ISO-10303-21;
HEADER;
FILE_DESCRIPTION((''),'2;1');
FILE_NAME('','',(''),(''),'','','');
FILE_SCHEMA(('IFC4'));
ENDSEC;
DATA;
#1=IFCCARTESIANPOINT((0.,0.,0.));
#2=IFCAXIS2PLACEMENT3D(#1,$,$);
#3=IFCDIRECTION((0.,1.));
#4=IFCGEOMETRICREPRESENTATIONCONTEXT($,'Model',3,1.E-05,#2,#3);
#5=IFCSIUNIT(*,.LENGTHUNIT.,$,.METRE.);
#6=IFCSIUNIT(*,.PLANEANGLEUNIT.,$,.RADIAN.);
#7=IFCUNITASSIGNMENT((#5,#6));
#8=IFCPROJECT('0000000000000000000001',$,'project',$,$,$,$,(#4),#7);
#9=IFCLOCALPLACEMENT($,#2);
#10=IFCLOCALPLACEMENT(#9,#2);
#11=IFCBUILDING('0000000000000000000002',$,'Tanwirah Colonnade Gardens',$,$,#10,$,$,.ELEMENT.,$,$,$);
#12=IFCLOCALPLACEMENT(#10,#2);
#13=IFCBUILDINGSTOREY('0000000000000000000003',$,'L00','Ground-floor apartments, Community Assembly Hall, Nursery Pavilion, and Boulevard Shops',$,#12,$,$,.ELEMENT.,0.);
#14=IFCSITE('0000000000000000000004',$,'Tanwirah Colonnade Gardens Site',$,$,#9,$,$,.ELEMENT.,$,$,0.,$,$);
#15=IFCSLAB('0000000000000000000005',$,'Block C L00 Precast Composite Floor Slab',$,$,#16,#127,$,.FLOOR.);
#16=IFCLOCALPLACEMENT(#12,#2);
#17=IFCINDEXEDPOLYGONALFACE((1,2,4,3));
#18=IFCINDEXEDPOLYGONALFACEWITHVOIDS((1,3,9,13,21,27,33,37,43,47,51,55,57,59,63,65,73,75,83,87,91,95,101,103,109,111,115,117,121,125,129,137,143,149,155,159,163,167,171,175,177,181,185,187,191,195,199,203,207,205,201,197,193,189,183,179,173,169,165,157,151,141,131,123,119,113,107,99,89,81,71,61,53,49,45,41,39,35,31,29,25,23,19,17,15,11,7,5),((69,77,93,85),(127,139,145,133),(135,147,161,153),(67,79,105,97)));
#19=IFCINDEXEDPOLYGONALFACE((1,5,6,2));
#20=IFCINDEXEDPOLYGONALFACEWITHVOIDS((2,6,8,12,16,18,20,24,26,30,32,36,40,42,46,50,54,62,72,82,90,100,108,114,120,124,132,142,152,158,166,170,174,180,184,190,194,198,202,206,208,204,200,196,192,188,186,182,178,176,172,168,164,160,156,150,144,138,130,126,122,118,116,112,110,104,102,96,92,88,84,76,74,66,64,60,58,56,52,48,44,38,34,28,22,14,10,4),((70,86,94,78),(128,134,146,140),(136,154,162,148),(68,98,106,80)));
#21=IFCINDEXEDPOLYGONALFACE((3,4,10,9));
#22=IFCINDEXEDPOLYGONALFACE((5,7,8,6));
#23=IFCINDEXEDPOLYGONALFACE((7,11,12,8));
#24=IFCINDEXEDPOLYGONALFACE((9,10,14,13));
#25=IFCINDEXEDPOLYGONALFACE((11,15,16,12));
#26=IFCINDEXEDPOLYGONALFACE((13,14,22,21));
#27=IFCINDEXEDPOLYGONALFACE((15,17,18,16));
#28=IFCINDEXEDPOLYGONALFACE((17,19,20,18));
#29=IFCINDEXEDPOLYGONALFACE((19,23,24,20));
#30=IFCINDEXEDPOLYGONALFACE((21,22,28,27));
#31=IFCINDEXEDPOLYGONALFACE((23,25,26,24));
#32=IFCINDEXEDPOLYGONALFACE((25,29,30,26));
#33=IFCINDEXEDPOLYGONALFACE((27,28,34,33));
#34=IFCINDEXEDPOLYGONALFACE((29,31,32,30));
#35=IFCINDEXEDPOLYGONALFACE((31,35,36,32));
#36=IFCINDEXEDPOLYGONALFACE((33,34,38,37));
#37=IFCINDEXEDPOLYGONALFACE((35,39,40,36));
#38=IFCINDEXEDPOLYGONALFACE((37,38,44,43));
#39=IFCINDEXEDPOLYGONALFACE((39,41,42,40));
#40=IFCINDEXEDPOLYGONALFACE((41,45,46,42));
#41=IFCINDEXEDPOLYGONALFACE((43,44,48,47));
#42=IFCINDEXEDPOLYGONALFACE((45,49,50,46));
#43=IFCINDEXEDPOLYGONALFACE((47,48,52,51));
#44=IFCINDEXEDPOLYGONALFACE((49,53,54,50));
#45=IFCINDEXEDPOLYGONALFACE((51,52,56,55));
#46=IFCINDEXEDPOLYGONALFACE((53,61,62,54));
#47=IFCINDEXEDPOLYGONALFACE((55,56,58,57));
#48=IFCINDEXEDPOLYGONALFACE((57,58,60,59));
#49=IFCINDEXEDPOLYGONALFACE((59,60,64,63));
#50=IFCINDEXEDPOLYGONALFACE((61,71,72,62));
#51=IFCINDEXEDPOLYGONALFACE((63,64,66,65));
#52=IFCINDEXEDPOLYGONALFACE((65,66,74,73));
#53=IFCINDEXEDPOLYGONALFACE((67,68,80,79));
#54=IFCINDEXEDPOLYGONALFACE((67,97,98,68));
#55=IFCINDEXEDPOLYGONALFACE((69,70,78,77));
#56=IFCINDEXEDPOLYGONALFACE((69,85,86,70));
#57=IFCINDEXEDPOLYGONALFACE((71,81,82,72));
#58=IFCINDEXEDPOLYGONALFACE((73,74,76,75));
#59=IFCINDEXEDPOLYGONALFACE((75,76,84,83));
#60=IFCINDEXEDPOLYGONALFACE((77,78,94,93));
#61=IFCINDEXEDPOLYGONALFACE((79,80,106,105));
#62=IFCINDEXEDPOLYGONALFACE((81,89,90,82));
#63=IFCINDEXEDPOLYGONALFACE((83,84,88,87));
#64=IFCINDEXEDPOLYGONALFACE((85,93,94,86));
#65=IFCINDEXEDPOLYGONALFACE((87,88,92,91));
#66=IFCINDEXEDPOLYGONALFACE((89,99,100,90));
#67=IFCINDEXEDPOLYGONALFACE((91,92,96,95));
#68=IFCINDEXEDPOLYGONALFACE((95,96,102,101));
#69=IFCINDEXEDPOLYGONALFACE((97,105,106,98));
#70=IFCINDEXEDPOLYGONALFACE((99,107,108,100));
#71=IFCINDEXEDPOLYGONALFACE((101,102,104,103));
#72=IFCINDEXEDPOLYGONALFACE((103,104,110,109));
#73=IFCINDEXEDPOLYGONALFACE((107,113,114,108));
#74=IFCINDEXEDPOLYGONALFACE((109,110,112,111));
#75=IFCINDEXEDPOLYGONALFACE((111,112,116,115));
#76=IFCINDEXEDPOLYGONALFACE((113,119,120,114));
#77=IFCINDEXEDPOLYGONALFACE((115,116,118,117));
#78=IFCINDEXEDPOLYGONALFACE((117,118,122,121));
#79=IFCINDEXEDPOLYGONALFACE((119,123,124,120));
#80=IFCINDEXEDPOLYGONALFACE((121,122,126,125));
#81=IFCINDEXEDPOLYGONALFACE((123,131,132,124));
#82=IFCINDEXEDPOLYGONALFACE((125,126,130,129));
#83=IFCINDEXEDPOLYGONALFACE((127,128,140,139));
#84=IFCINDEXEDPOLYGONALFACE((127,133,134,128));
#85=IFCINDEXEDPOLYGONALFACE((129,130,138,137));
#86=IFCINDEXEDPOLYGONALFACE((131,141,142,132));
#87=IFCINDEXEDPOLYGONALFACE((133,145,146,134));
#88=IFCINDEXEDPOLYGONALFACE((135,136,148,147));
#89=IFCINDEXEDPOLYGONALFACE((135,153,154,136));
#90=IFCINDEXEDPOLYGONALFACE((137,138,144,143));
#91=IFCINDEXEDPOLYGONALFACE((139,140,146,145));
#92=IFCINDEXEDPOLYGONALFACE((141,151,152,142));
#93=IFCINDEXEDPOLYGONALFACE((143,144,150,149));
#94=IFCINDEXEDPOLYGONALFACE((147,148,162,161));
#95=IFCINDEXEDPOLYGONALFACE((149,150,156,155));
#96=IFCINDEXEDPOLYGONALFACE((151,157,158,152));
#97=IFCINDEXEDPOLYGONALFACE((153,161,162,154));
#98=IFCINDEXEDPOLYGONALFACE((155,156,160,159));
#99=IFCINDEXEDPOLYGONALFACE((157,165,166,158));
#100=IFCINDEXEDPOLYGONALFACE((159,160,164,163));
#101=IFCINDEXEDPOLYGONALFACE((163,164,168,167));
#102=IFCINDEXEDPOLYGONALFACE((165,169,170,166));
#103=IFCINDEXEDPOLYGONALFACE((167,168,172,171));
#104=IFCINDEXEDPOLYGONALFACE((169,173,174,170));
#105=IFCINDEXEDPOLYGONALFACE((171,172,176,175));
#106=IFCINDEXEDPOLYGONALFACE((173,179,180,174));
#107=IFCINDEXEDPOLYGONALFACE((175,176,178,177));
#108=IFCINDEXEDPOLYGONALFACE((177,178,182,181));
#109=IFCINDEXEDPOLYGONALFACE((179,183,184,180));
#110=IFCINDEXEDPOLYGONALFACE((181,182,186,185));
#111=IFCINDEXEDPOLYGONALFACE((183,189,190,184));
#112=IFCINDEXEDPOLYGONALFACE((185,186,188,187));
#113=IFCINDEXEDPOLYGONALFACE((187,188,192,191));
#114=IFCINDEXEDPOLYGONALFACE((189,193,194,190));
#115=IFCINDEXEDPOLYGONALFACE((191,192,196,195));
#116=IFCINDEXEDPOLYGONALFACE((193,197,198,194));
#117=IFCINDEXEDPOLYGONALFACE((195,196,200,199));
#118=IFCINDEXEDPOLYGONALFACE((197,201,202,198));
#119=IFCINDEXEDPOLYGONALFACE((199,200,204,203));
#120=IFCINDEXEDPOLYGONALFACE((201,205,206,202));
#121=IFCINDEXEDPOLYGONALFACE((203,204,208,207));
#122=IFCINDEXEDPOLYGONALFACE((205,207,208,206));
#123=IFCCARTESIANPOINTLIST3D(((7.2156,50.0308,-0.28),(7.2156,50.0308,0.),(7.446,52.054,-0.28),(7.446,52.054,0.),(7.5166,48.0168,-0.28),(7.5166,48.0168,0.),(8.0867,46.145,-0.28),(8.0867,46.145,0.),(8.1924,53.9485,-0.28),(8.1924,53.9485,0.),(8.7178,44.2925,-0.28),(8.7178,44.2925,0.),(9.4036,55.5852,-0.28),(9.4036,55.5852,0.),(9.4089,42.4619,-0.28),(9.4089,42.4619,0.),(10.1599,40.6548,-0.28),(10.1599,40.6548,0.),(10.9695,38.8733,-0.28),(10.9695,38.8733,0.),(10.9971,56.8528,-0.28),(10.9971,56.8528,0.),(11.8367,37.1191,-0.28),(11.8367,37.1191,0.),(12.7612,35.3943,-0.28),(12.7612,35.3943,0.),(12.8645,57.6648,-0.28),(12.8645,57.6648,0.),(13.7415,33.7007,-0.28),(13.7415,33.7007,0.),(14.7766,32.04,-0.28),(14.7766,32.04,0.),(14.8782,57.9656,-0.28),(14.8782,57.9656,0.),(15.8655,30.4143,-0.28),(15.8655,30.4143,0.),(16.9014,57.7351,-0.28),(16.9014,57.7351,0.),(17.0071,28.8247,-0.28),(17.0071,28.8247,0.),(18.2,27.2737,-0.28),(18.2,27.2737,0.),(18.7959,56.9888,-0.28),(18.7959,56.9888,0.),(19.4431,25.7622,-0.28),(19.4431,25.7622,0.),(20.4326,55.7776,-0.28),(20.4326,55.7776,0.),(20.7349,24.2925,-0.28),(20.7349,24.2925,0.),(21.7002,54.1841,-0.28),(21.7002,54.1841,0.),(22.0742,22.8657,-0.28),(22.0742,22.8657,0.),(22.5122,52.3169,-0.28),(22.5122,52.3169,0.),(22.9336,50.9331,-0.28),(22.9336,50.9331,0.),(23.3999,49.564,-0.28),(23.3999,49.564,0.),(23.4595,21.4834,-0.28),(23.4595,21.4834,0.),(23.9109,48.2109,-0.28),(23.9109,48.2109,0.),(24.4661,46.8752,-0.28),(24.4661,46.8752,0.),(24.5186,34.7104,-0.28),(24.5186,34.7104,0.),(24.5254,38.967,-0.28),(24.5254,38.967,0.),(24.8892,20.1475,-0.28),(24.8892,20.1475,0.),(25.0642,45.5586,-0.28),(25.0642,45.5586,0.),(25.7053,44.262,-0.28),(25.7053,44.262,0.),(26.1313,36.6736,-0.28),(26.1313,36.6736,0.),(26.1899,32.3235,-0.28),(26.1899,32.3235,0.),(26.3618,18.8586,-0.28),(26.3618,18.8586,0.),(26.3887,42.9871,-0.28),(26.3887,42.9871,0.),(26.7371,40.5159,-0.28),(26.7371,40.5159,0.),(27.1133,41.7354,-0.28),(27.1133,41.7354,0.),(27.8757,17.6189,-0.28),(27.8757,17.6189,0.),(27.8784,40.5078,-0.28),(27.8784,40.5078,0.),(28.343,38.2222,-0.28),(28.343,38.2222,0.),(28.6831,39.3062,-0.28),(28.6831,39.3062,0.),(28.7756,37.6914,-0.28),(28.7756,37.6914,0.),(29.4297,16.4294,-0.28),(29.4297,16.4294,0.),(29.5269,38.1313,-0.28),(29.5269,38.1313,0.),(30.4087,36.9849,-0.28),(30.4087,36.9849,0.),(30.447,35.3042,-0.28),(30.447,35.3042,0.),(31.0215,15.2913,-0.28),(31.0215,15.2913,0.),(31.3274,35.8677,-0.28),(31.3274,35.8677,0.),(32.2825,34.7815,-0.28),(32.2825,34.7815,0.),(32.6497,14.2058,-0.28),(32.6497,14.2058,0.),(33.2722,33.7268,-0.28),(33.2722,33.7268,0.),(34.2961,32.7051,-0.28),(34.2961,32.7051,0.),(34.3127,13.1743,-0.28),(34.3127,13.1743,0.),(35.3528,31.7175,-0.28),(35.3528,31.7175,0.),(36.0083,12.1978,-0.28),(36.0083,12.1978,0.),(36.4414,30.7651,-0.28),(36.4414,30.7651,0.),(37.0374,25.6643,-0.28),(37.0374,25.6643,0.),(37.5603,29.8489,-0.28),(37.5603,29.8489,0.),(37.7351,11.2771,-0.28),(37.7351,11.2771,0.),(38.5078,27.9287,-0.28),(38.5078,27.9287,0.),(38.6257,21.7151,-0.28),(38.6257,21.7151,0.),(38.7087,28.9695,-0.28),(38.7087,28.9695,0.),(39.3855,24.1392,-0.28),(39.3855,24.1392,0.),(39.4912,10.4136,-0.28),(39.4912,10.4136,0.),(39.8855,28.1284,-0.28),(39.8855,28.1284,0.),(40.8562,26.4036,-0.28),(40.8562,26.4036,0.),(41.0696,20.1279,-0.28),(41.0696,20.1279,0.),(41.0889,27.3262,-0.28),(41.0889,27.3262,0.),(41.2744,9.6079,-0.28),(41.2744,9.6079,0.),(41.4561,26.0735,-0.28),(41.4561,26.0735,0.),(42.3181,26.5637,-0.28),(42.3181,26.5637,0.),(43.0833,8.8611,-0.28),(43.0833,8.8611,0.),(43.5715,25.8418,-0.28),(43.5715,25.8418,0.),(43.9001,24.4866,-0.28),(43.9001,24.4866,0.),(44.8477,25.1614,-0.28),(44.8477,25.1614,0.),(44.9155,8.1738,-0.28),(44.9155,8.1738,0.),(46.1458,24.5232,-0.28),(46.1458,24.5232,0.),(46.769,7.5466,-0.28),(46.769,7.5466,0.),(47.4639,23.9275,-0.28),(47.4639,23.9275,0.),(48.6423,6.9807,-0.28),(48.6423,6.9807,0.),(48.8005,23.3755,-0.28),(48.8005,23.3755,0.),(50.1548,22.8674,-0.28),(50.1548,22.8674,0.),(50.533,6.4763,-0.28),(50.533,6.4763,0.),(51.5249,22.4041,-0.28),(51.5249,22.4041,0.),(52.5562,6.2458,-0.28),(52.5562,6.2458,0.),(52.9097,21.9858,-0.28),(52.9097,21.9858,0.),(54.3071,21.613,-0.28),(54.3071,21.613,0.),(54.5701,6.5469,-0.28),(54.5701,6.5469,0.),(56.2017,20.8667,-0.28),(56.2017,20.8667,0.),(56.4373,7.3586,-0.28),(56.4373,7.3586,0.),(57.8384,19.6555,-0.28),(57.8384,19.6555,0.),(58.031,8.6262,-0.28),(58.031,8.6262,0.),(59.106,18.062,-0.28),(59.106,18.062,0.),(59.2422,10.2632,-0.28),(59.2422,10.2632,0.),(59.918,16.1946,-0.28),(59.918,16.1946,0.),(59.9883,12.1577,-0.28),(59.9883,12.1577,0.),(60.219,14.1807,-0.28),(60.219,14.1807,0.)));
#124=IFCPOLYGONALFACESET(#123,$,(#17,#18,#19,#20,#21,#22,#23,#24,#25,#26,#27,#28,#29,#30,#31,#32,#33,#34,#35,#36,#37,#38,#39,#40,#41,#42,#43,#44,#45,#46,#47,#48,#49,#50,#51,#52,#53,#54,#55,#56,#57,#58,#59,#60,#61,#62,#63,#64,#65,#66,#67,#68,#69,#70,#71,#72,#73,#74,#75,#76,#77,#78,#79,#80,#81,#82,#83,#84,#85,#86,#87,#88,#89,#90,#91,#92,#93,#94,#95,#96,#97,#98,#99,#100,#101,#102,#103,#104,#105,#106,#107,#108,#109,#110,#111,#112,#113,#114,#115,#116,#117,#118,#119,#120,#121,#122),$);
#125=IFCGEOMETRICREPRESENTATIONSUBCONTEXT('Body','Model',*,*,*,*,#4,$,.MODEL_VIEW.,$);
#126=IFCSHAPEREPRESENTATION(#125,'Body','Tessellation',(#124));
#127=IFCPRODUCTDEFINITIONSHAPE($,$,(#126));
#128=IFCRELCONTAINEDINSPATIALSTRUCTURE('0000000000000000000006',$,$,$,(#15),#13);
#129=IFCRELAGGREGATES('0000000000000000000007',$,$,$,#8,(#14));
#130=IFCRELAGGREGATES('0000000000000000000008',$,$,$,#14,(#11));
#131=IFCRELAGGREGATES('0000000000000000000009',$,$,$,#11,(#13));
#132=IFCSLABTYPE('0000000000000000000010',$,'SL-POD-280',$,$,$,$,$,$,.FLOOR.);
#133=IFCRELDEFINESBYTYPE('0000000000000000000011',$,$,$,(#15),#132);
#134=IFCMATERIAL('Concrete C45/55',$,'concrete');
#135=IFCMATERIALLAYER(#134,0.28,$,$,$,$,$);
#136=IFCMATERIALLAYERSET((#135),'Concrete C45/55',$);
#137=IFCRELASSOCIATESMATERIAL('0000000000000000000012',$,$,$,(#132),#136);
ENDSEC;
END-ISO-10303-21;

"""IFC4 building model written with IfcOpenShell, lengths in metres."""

from ifc_helpers import new_model, si_unit, direction, frame, origin, place, context, subcontext, project, spatial, polyline, outline, extrude, material, layer, layer_set, type_object, element, save


model = new_model("IFC4")

# Units and contexts
model_context = context("Model", 3, precision=1e-05, world=origin(), true_north=direction((0.0, 1.0)))
body_context = subcontext(model_context, "Body", "Model", "MODEL_VIEW")
ifc_project = project(units=[si_unit("LENGTHUNIT", "METRE"), si_unit("PLANEANGLEUNIT", "RADIAN")], contexts=[model_context])

# Site, building, storey
site_placement = place(None, origin())
site = spatial("IfcSite", under=ifc_project, at=site_placement, Name="Tanwirah Colonnade Gardens Site", CompositionType="ELEMENT", RefElevation=0.0)
building_placement = place(site_placement, origin())
building = spatial("IfcBuilding", under=site, at=building_placement, Name="Tanwirah Colonnade Gardens", CompositionType="ELEMENT")
storey_placement = place(building_placement, origin())
storey = spatial("IfcBuildingStorey", under=building, at=storey_placement, Name="L00", Description="Ground-floor apartments, Community Assembly Hall, Nursery Pavilion, and Boulevard Shops", CompositionType="ELEMENT", Elevation=0.0)

# Shared definitions
ifc_material_1 = material(Name="Concrete C45/55", Category="concrete")

# Slab
ifc_layer_1 = layer(ifc_material_1, 0.28)
ifc_layer_set_1 = layer_set([ifc_layer_1], Name="Concrete C45/55")
slab_type_1 = type_object("IfcSlabType", Name="SL-POD-280", PredefinedType="FLOOR", material=ifc_layer_set_1)
slab_1_placement = place(storey_placement, frame((0.0, 0.0, -0.28)))
element("IfcSlab", 1, at=slab_1_placement, inside=storey, type_object=slab_type_1, Name="Block C L00 Precast Composite Floor Slab", PredefinedType="FLOOR", context=body_context, shape_type="SweptSolid", body=[
    extrude(outline(polyline([(23.3999, 49.564), (22.9336, 50.9331), (22.5122, 52.3169), (21.7002, 54.1841), (20.4326, 55.7776), (18.7959, 56.9888), (16.9014, 57.7351), (14.8782, 57.9656), (12.8645, 57.6648), (10.9971, 56.8528), (9.4036, 55.5852), (8.1924, 53.9485), (7.446, 52.054), (7.2156, 50.0308), (7.5166, 48.0168), (8.0867, 46.145), (8.7178, 44.2925), (9.4089, 42.4619), (10.1599, 40.6548), (10.9695, 38.8733), (11.8367, 37.1191), (12.7612, 35.3943), (13.7415, 33.7007), (14.7766, 32.04), (15.8655, 30.4143), (17.0071, 28.8247), (18.2, 27.2737), (19.4431, 25.7622), (20.7349, 24.2925), (22.0742, 22.8657), (23.4595, 21.4834), (24.8892, 20.1475), (26.3618, 18.8586), (27.8757, 17.6189), (29.4297, 16.4294), (31.0215, 15.2913), (32.6497, 14.2058), (34.3127, 13.1743), (36.0083, 12.1978), (37.7351, 11.2771), (39.4912, 10.4136), (41.2744, 9.6079), (43.0833, 8.8611), (44.9155, 8.1738), (46.769, 7.5466), (48.6423, 6.9807), (50.533, 6.4763), (52.5562, 6.2458), (54.5701, 6.5469), (56.4373, 7.3586), (58.031, 8.6262), (59.2422, 10.2632), (59.9883, 12.1577), (60.219, 14.1807), (59.918, 16.1946), (59.106, 18.062), (57.8384, 19.6555), (56.2017, 20.8667), (54.3071, 21.613), (52.9097, 21.9858), (51.5249, 22.4041), (50.1548, 22.8674), (48.8005, 23.3755), (47.4639, 23.9275), (46.1458, 24.5232), (44.8477, 25.1614), (43.5715, 25.8418), (42.3181, 26.5637), (41.0889, 27.3262), (39.8855, 28.1284), (38.7087, 28.9695), (37.5603, 29.8489), (36.4414, 30.7651), (35.3528, 31.7175), (34.2961, 32.7051), (33.2722, 33.7268), (32.2825, 34.7815), (31.3274, 35.8677), (30.4087, 36.9849), (29.5269, 38.1313), (28.6831, 39.3062), (27.8784, 40.5078), (27.1133, 41.7354), (26.3887, 42.9871), (25.7053, 44.262), (25.0642, 45.5586), (24.4661, 46.8752), (23.9109, 48.2109), (23.3999, 49.564)]), holes=[polyline([(24.5186, 34.7104), (28.7756, 37.6914), (30.447, 35.3042), (26.1899, 32.3235), (24.5186, 34.7104)]), polyline([(26.7371, 40.5159), (28.343, 38.2222), (26.1313, 36.6736), (24.5254, 38.967), (26.7371, 40.5159)]), polyline([(43.9001, 24.4866), (41.0696, 20.1279), (38.6257, 21.7151), (41.4561, 26.0735), (43.9001, 24.4866)]), polyline([(39.3855, 24.1392), (37.0374, 25.6643), (38.5078, 27.9287), (40.8562, 26.4036), (39.3855, 24.1392)])]), origin(), (0.0, 0.0, 1.0), 0.28),
])

save(model, "model.ifc")
